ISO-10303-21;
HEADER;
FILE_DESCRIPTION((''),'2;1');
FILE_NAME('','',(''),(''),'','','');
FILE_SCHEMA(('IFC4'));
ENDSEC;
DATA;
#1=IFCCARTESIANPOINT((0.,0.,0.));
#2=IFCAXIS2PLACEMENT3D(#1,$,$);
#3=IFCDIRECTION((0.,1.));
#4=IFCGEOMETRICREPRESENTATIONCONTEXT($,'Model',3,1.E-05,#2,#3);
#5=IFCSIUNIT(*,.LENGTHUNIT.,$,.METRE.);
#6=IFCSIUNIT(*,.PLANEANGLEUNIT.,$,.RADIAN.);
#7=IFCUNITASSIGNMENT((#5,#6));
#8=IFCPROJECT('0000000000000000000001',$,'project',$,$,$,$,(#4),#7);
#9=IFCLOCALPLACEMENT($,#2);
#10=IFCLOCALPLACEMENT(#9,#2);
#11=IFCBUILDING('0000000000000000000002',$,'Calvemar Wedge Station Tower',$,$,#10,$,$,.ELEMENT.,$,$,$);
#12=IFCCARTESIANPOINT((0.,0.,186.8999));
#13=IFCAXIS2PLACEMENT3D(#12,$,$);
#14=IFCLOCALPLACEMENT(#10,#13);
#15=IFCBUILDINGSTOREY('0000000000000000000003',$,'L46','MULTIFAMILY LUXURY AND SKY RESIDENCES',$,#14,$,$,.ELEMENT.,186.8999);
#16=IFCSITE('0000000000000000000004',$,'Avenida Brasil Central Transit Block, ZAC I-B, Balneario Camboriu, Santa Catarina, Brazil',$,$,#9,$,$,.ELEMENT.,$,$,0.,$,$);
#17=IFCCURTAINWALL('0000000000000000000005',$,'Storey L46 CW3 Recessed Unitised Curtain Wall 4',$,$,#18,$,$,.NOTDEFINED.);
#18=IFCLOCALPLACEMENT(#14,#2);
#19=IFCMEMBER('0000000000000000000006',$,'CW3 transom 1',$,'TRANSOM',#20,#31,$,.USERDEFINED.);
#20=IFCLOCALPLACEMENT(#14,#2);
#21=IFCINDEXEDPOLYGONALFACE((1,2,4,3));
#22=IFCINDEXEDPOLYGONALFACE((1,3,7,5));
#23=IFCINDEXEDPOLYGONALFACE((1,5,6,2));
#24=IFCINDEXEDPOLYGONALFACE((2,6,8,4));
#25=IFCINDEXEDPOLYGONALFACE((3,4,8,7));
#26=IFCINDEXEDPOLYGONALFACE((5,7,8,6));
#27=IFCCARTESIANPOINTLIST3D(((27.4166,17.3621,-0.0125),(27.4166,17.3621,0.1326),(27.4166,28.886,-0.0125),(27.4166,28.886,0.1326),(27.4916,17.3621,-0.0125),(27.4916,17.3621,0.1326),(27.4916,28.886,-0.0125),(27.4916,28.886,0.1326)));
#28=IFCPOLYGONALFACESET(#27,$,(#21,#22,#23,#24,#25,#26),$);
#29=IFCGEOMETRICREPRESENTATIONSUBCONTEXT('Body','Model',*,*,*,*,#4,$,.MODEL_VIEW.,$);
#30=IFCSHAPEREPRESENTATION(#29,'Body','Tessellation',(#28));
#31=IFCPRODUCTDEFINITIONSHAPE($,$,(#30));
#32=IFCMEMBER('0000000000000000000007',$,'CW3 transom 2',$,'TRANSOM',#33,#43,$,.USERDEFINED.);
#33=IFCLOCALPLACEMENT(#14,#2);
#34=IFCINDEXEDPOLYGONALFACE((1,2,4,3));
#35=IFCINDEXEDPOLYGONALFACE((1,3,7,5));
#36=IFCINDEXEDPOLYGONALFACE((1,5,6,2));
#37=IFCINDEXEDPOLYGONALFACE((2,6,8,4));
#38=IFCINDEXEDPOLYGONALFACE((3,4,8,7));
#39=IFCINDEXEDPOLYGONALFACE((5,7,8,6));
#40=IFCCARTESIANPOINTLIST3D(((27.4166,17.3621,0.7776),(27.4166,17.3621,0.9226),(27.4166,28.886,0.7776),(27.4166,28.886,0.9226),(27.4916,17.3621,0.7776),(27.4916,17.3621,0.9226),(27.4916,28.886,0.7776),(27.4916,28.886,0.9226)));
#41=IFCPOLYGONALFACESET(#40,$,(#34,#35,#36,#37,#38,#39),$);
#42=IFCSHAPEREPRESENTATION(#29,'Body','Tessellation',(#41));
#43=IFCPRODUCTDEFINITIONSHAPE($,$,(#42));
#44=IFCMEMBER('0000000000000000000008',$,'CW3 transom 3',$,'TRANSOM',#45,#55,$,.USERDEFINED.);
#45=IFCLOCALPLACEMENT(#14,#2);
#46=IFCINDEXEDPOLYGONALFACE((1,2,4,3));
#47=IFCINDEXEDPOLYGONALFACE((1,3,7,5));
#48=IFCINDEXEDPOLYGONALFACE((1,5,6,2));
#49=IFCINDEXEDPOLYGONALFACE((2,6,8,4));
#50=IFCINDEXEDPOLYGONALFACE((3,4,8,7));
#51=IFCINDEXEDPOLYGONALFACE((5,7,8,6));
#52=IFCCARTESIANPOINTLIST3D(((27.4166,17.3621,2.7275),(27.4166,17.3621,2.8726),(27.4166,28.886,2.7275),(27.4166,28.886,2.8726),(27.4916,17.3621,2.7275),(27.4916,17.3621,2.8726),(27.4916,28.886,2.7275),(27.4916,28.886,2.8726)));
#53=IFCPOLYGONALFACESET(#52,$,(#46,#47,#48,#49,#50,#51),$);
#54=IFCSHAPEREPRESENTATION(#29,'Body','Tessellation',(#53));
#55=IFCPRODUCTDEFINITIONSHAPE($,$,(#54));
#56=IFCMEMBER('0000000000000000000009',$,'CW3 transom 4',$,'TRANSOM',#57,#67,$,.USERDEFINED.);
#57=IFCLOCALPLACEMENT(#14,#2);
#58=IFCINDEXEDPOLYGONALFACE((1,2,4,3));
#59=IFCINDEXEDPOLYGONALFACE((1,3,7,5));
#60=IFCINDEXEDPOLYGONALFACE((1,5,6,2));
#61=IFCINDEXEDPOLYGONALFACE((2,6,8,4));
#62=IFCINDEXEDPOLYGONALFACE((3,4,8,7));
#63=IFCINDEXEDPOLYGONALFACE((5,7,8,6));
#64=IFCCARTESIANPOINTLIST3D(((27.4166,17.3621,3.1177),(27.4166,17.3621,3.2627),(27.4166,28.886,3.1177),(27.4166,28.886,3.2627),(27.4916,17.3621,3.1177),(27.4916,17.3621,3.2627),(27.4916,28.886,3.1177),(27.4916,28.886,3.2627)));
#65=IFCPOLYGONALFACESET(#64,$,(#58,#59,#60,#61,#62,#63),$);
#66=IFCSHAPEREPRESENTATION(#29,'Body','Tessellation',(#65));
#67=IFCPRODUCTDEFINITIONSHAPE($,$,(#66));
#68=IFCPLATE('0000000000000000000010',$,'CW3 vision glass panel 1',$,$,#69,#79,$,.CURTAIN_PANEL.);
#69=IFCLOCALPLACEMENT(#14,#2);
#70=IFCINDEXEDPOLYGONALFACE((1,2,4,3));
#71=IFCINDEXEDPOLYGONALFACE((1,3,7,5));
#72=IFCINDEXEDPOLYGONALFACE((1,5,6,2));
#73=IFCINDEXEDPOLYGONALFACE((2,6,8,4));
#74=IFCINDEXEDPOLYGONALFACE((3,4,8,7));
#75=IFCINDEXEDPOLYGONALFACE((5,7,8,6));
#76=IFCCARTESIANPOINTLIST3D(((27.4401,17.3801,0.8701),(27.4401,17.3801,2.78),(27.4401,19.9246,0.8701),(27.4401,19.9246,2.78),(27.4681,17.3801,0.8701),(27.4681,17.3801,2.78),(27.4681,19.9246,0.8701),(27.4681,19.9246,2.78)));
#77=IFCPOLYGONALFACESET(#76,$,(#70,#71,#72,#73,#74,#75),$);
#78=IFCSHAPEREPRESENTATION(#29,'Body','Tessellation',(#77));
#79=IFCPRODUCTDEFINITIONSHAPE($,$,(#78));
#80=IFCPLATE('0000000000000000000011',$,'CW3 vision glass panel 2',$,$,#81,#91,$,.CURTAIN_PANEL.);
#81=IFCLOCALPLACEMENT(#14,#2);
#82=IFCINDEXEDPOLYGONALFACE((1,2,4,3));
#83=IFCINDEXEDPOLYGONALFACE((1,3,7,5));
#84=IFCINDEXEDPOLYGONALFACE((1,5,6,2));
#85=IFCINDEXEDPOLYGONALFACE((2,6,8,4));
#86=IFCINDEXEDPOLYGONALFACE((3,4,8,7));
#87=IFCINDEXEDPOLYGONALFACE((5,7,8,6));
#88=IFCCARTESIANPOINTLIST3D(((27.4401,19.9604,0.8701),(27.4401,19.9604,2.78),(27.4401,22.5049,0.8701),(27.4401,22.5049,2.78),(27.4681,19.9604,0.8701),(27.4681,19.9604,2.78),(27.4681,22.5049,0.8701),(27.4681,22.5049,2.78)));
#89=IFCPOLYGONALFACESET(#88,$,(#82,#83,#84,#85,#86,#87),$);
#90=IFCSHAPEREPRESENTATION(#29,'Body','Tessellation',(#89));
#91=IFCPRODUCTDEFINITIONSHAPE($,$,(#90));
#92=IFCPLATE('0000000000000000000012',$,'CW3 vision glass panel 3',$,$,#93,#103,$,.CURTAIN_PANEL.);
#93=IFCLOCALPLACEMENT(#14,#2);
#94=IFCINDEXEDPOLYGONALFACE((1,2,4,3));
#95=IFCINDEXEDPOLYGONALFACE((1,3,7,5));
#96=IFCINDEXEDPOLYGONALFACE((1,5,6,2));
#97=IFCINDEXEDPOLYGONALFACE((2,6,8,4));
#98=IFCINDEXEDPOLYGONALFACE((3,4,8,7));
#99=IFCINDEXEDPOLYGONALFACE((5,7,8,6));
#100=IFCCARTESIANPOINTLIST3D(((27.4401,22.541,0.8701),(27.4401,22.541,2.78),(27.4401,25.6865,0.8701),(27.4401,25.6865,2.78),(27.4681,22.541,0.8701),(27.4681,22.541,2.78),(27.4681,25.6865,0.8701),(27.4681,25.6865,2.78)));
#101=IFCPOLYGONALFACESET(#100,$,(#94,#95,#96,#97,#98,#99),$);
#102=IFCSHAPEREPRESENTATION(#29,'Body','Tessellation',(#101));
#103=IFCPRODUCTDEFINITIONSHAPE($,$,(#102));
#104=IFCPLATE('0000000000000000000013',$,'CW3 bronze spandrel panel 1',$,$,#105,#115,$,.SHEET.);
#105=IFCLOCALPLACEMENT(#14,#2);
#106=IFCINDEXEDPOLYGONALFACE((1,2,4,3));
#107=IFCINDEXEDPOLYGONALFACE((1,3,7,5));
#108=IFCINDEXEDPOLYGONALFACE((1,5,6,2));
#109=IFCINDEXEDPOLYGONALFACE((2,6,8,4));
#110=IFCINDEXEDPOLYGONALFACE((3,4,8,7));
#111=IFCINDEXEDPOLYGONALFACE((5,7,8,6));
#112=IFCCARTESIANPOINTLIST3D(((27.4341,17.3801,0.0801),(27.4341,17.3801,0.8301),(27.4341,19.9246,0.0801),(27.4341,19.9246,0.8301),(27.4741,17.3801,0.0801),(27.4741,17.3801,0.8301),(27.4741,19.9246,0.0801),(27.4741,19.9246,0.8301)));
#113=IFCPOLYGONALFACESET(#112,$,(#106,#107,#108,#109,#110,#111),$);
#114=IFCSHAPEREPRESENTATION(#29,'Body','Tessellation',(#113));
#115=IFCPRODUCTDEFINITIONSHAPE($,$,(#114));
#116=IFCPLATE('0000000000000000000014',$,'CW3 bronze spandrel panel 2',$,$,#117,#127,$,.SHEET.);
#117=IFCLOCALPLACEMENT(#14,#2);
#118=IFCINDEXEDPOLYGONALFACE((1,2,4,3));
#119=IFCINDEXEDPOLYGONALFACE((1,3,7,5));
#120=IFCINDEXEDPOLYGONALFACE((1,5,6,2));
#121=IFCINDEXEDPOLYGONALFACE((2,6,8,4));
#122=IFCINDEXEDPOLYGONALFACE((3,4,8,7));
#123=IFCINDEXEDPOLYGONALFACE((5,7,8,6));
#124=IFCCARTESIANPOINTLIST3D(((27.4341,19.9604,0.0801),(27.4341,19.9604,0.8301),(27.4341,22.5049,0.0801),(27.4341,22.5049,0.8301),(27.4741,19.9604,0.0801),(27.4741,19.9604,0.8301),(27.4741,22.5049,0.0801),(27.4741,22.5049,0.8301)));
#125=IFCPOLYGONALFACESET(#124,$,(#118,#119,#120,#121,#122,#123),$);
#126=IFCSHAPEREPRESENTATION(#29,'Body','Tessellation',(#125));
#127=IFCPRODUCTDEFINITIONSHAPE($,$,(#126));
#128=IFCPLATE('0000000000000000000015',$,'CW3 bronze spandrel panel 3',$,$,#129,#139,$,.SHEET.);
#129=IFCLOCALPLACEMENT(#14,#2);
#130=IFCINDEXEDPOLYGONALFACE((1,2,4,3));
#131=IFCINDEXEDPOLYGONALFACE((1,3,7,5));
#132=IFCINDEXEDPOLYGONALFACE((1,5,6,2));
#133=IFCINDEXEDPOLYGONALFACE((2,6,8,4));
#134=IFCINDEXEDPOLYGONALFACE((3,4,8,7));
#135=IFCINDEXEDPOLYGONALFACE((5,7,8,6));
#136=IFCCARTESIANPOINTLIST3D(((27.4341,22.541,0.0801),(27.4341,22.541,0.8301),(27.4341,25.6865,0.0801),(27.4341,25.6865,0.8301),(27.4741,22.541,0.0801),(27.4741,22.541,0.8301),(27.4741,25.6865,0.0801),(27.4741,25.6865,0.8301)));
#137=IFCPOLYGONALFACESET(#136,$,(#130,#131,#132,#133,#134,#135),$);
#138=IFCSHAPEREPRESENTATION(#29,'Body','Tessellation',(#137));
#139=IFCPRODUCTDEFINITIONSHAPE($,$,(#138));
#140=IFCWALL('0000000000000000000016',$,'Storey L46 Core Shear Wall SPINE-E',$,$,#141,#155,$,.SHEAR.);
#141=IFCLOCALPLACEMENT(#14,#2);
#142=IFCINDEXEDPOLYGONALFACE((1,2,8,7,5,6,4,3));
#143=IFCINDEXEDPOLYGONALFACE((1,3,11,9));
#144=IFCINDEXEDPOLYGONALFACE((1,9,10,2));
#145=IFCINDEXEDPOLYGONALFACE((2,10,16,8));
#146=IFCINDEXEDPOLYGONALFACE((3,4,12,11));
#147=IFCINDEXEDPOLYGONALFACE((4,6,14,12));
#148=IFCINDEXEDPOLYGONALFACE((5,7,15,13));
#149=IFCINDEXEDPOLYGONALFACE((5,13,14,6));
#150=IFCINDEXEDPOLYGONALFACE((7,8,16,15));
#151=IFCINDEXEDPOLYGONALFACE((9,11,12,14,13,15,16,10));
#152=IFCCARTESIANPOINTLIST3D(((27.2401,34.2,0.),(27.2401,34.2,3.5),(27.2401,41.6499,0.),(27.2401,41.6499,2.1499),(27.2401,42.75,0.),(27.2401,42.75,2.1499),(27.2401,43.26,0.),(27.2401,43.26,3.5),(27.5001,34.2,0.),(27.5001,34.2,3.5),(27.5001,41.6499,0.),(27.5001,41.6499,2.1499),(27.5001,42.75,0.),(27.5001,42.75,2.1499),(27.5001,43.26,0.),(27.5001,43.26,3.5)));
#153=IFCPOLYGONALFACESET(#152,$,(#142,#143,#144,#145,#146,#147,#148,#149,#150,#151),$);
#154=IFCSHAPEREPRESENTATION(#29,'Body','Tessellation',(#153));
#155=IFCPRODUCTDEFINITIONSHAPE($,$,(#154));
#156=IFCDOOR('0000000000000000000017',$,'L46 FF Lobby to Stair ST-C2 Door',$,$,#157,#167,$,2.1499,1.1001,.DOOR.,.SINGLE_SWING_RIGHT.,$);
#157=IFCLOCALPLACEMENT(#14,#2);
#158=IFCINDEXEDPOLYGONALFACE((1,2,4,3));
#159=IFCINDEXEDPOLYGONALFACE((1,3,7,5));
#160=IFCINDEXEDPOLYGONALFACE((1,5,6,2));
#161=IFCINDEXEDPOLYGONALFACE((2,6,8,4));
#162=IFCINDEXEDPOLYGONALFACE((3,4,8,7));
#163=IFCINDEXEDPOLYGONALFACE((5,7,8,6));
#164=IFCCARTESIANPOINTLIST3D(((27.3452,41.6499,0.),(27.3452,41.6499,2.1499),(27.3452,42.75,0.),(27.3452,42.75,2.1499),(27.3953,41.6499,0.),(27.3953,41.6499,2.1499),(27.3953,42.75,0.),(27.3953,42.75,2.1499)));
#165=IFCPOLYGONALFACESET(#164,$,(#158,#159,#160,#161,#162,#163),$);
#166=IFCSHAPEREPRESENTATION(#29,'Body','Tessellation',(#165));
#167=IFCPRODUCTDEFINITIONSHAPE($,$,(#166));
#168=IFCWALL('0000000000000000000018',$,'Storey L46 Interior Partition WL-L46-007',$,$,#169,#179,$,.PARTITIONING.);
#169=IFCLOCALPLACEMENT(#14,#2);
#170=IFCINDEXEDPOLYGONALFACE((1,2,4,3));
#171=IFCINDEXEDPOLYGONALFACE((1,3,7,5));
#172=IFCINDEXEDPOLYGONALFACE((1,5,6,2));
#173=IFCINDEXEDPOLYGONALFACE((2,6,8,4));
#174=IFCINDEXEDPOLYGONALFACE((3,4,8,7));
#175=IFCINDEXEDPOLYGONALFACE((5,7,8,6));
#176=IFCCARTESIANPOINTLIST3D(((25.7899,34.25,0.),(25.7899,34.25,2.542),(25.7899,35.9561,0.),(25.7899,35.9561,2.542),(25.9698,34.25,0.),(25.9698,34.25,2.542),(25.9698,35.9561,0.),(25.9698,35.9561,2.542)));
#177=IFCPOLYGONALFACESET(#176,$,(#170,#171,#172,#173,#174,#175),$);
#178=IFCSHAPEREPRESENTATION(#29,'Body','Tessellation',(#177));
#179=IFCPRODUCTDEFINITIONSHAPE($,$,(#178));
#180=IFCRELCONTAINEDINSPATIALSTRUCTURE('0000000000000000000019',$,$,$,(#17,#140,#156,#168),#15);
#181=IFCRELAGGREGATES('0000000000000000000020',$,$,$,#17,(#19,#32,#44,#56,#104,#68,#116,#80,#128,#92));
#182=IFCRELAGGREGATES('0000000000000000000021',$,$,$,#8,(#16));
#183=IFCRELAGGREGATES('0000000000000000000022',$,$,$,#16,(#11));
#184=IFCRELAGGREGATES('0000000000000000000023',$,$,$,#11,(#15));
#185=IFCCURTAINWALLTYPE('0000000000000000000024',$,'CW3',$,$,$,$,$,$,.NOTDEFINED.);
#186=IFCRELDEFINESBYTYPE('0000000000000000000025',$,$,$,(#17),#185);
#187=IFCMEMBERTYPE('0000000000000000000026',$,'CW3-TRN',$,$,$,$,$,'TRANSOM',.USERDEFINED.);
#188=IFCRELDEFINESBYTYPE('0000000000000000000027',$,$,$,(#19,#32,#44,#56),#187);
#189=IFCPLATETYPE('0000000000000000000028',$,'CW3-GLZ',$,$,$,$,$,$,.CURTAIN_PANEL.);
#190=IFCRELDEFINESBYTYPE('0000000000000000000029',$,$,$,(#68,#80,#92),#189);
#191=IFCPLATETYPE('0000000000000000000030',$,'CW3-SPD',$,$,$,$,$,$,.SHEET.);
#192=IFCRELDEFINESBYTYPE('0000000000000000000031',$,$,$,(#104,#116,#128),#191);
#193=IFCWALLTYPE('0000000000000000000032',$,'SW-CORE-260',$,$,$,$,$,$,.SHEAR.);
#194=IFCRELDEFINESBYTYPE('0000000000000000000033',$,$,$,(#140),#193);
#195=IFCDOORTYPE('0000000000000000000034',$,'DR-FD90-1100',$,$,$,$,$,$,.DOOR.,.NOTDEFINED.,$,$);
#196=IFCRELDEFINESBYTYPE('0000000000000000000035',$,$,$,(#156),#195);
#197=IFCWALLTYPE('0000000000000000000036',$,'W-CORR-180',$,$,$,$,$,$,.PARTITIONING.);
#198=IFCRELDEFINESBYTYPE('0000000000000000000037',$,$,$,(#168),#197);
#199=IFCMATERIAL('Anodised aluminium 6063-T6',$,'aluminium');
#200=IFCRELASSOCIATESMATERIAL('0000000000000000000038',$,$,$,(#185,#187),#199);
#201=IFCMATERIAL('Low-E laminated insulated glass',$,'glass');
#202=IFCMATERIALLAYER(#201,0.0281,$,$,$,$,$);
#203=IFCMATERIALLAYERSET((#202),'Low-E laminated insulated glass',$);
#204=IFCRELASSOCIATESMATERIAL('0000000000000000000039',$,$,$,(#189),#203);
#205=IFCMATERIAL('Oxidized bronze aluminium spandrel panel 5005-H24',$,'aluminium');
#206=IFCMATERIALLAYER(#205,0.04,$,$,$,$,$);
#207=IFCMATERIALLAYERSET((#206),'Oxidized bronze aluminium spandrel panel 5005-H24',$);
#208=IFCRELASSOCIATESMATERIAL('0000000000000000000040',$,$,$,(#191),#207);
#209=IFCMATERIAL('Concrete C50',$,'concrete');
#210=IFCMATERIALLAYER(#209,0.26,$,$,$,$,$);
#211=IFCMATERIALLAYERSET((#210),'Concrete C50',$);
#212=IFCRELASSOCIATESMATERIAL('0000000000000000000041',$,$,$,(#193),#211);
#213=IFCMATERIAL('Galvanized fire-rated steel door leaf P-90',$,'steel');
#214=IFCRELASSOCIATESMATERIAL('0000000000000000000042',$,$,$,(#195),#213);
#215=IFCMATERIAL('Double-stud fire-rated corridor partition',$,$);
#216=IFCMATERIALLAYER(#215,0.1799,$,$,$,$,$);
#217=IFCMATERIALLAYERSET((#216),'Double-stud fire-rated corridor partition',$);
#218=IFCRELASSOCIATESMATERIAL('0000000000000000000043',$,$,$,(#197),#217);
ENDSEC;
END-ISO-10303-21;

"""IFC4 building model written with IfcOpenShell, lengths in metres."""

from ifc_helpers import new_model, si_unit, direction, frame, frame_2d, origin, origin_2d, place, context, subcontext, project, spatial, rectangle, extrude, source, transform, mapped, material, layer, layer_set, material_profile, profile_set, type_object, element, fill, aggregate, save


model = new_model("IFC4")

# Units and contexts
model_context = context("Model", 3, precision=1e-05, world=origin(), true_north=direction((0.0, 1.0)))
body_context = subcontext(model_context, "Body", "Model", "MODEL_VIEW")
ifc_project = project(units=[si_unit("LENGTHUNIT", "METRE"), si_unit("PLANEANGLEUNIT", "RADIAN")], contexts=[model_context])

# Site, building, storey
site_placement = place(None, origin())
site = spatial("IfcSite", under=ifc_project, at=site_placement, Name="Avenida Brasil Central Transit Block, ZAC I-B, Balneario Camboriu, Santa Catarina, Brazil", CompositionType="ELEMENT", RefElevation=0.0)
building_placement = place(site_placement, origin())
building = spatial("IfcBuilding", under=site, at=building_placement, Name="Calvemar Wedge Station Tower", CompositionType="ELEMENT")
storey_placement = place(building_placement, frame((0.0, 0.0, 186.8999)))
storey = spatial("IfcBuildingStorey", under=building, at=storey_placement, Name="L46", Description="MULTIFAMILY LUXURY AND SKY RESIDENCES", CompositionType="ELEMENT", Elevation=186.8999)

# Shared definitions
ifc_material_1 = material(Name="Concrete C50", Category="concrete")

# Curtain wall, members, plates
ifc_material_2 = material(Name="Anodised aluminium 6063-T6", Category="aluminium")
curtain_wall_type = type_object("IfcCurtainWallType", Name="CW3", PredefinedType="NOTDEFINED", material=ifc_material_2)
curtain_wall_placement = place(storey_placement, origin())
curtain_wall = element("IfcCurtainWall", 1, at=curtain_wall_placement, inside=storey, type_object=curtain_wall_type, Name="Storey L46 CW3 Recessed Unitised Curtain Wall 4", PredefinedType="NOTDEFINED")
ifc_material_profile_1 = material_profile(ifc_material_2, rectangle(XDim=0.075, YDim=0.145, at=origin_2d()), Name="AL-TRN-75x145")
ifc_profile_set_1 = profile_set([ifc_material_profile_1], Name="Anodised aluminium 6063-T6")
member_type_1 = type_object("IfcMemberType", Name="CW3-TRN", ElementType="TRANSOM", PredefinedType="USERDEFINED", material=ifc_profile_set_1)
shared_shape_1 = source(origin(), body_context, "Body", "SweptSolid", [
    extrude(rectangle(XDim=0.075, YDim=0.145, at=origin_2d()), origin(), (0.0, 0.0, 1.0), 11.5239),
])
member_1_placement = place(storey_placement, frame((27.4541, 17.3621, 0.0601), z_axis=(0.0, 1.0, 0.0), x_axis=(-1.0, 0.0, 0.0)))
member_1 = element("IfcMember", 2, at=member_1_placement, type_object=member_type_1, Name="CW3 transom 1", ObjectType="TRANSOM", PredefinedType="USERDEFINED", context=body_context, shape_type="MappedRepresentation", body=[
    mapped(shared_shape_1, transform((0.0, 0.0, 0.0), scale=1.0)),
])
member_2_placement = place(storey_placement, frame((27.4541, 17.3621, 0.8501), z_axis=(0.0, 1.0, 0.0), x_axis=(-1.0, 0.0, 0.0)))
member_2 = element("IfcMember", 3, at=member_2_placement, type_object=member_type_1, Name="CW3 transom 2", ObjectType="TRANSOM", PredefinedType="USERDEFINED", context=body_context, shape_type="MappedRepresentation", body=[
    mapped(shared_shape_1, transform((0.0, 0.0, 0.0), scale=1.0)),
])
member_3_placement = place(storey_placement, frame((27.4541, 17.3621, 2.8), z_axis=(0.0, 1.0, 0.0), x_axis=(-1.0, 0.0, 0.0)))
member_3 = element("IfcMember", 4, at=member_3_placement, type_object=member_type_1, Name="CW3 transom 3", ObjectType="TRANSOM", PredefinedType="USERDEFINED", context=body_context, shape_type="MappedRepresentation", body=[
    mapped(shared_shape_1, transform((0.0, 0.0, 0.0), scale=1.0)),
])
member_4_placement = place(storey_placement, frame((27.4541, 17.3621, 3.1902), z_axis=(0.0, 1.0, 0.0), x_axis=(-1.0, 0.0, 0.0)))
member_4 = element("IfcMember", 5, at=member_4_placement, type_object=member_type_1, Name="CW3 transom 4", ObjectType="TRANSOM", PredefinedType="USERDEFINED", context=body_context, shape_type="MappedRepresentation", body=[
    mapped(shared_shape_1, transform((0.0, 0.0, 0.0), scale=1.0)),
])
ifc_material_3 = material(Name="Low-E laminated insulated glass", Category="glass")
ifc_layer_1 = layer(ifc_material_3, 0.0281)
ifc_layer_set_1 = layer_set([ifc_layer_1], Name="Low-E laminated insulated glass")
plate_type_1 = type_object("IfcPlateType", Name="CW3-GLZ", PredefinedType="CURTAIN_PANEL", material=ifc_layer_set_1)
plate_1_placement = place(storey_placement, frame((27.4541, 17.3801, 0.8701), z_axis=(0.0, 0.0, 1.0), x_axis=(0.0, 1.0, 0.0)))
plate_1 = element("IfcPlate", 6, at=plate_1_placement, type_object=plate_type_1, Name="CW3 vision glass panel 1", PredefinedType="CURTAIN_PANEL", context=body_context, shape_type="SweptSolid", body=[
    extrude(rectangle(XDim=2.5444, YDim=0.0281, at=frame_2d((1.2722, 0.0))), origin(), (0.0, 0.0, 1.0), 1.9099),
])
plate_2_placement = place(storey_placement, frame((27.4541, 19.9604, 0.8701), z_axis=(0.0, 0.0, 1.0), x_axis=(0.0, 1.0, 0.0)))
plate_2 = element("IfcPlate", 7, at=plate_2_placement, type_object=plate_type_1, Name="CW3 vision glass panel 2", PredefinedType="CURTAIN_PANEL", context=body_context, shape_type="SweptSolid", body=[
    extrude(rectangle(XDim=2.5444, YDim=0.0281, at=frame_2d((1.2722, 0.0))), origin(), (0.0, 0.0, 1.0), 1.9099),
])
plate_3_placement = place(storey_placement, frame((27.4541, 22.541, 0.8701), z_axis=(0.0, 0.0, 1.0), x_axis=(0.0, 1.0, 0.0)))
plate_3 = element("IfcPlate", 8, at=plate_3_placement, type_object=plate_type_1, Name="CW3 vision glass panel 3", PredefinedType="CURTAIN_PANEL", context=body_context, shape_type="SweptSolid", body=[
    extrude(rectangle(XDim=3.1455, YDim=0.0281, at=frame_2d((1.5728, 0.0))), origin(), (0.0, 0.0, 1.0), 1.9099),
])
ifc_material_4 = material(Name="Oxidized bronze aluminium spandrel panel 5005-H24", Category="aluminium")
ifc_layer_2 = layer(ifc_material_4, 0.04)
ifc_layer_set_2 = layer_set([ifc_layer_2], Name="Oxidized bronze aluminium spandrel panel 5005-H24")
plate_type_2 = type_object("IfcPlateType", Name="CW3-SPD", PredefinedType="SHEET", material=ifc_layer_set_2)
plate_4_placement = place(storey_placement, frame((27.4541, 17.3801, 0.0801), z_axis=(0.0, 0.0, 1.0), x_axis=(0.0, 1.0, 0.0)))
plate_4 = element("IfcPlate", 9, at=plate_4_placement, type_object=plate_type_2, Name="CW3 bronze spandrel panel 1", PredefinedType="SHEET", context=body_context, shape_type="SweptSolid", body=[
    extrude(rectangle(XDim=2.5444, YDim=0.04, at=frame_2d((1.2722, 0.0))), origin(), (0.0, 0.0, 1.0), 0.75),
])
plate_5_placement = place(storey_placement, frame((27.4541, 19.9604, 0.0801), z_axis=(0.0, 0.0, 1.0), x_axis=(0.0, 1.0, 0.0)))
plate_5 = element("IfcPlate", 10, at=plate_5_placement, type_object=plate_type_2, Name="CW3 bronze spandrel panel 2", PredefinedType="SHEET", context=body_context, shape_type="SweptSolid", body=[
    extrude(rectangle(XDim=2.5444, YDim=0.04, at=frame_2d((1.2722, 0.0))), origin(), (0.0, 0.0, 1.0), 0.75),
])
plate_6_placement = place(storey_placement, frame((27.4541, 22.541, 0.0801), z_axis=(0.0, 0.0, 1.0), x_axis=(0.0, 1.0, 0.0)))
plate_6 = element("IfcPlate", 11, at=plate_6_placement, type_object=plate_type_2, Name="CW3 bronze spandrel panel 3", PredefinedType="SHEET", context=body_context, shape_type="SweptSolid", body=[
    extrude(rectangle(XDim=3.1455, YDim=0.04, at=frame_2d((1.5728, 0.0))), origin(), (0.0, 0.0, 1.0), 0.75),
])
aggregate(curtain_wall, [member_1, member_2, member_3, member_4, plate_4, plate_1, plate_5, plate_2, plate_6, plate_3])

# Wall, opening, door
ifc_layer_3 = layer(ifc_material_1, 0.26)
ifc_layer_set_3 = layer_set([ifc_layer_3], Name="Concrete C50")
wall_type_1 = type_object("IfcWallType", Name="SW-CORE-260", PredefinedType="SHEAR", material=ifc_layer_set_3)
wall_1_placement = place(storey_placement, frame((27.3701, 34.2, 0.0), z_axis=(0.0, 0.0, 1.0), x_axis=(0.0, 1.0, 0.0)))
wall_1 = element("IfcWall", 12, at=wall_1_placement, inside=storey, type_object=wall_type_1, Name="Storey L46 Core Shear Wall SPINE-E", PredefinedType="SHEAR", context=body_context, shape_type="SweptSolid", body=[
    extrude(rectangle(XDim=9.0601, YDim=0.26, at=frame_2d((4.53, 0.0))), origin(), (0.0, 0.0, 1.0), 3.5),
])
shared_shape_2 = source(origin(), body_context, "Body", "SweptSolid", [
    extrude(rectangle(XDim=1.1001, YDim=2.1499, at=frame_2d((0.55, 1.075))), frame((0.0, 0.1401, 0.0), z_axis=(0.0, -1.0, 0.0), x_axis=(1.0, 0.0, 0.0)), (0.0, 0.0, 1.0), 0.28),
])
opening_1_placement = place(wall_1_placement, frame((7.45, 0.0, 0.0)))
opening_1 = element("IfcOpeningElement", 13, at=opening_1_placement, cuts=wall_1, PredefinedType="OPENING", context=body_context, shape_type="MappedRepresentation", body=[
    mapped(shared_shape_2, transform((0.0, 0.0, 0.0), scale=1.0)),
])
ifc_material_5 = material(Name="Galvanized fire-rated steel door leaf P-90", Category="steel")
door_type_1 = type_object("IfcDoorType", Name="DR-FD90-1100", OperationType="NOTDEFINED", PredefinedType="DOOR", material=ifc_material_5)
shared_shape_3 = source(origin(), body_context, "Body", "SweptSolid", [
    extrude(rectangle(XDim=1.1001, YDim=2.1499, at=frame_2d((0.55, 1.075))), frame((0.0, 0.0249, 0.0), z_axis=(0.0, -1.0, 0.0), x_axis=(1.0, 0.0, 0.0)), (0.0, 0.0, 1.0), 0.05),
])
door_1_placement = place(opening_1_placement, origin())
door_1 = element("IfcDoor", 14, at=door_1_placement, inside=storey, type_object=door_type_1, Name="L46 FF Lobby to Stair ST-C2 Door", OperationType="SINGLE_SWING_RIGHT", OverallHeight=2.1499, OverallWidth=1.1001, PredefinedType="DOOR", context=body_context, shape_type="MappedRepresentation", body=[
    mapped(shared_shape_3, transform((0.0, 0.0, 0.0), scale=1.0)),
])
fill(opening_1, door_1)

# Wall
ifc_material_6 = material(Name="Double-stud fire-rated corridor partition")
ifc_layer_4 = layer(ifc_material_6, 0.1799)
ifc_layer_set_4 = layer_set([ifc_layer_4], Name="Double-stud fire-rated corridor partition")
wall_type_2 = type_object("IfcWallType", Name="W-CORR-180", PredefinedType="PARTITIONING", material=ifc_layer_set_4)
wall_2_placement = place(storey_placement, frame((25.8799, 35.9561, 0.0), z_axis=(0.0, 0.0, 1.0), x_axis=(0.0, -1.0, 0.0)))
element("IfcWall", 15, at=wall_2_placement, inside=storey, type_object=wall_type_2, Name="Storey L46 Interior Partition WL-L46-007", PredefinedType="PARTITIONING", context=body_context, shape_type="SweptSolid", body=[
    extrude(rectangle(XDim=1.7061, YDim=0.1799, at=frame_2d((0.853, 0.0))), origin(), (0.0, 0.0, 1.0), 2.542),
])

save(model, "model.ifc")
